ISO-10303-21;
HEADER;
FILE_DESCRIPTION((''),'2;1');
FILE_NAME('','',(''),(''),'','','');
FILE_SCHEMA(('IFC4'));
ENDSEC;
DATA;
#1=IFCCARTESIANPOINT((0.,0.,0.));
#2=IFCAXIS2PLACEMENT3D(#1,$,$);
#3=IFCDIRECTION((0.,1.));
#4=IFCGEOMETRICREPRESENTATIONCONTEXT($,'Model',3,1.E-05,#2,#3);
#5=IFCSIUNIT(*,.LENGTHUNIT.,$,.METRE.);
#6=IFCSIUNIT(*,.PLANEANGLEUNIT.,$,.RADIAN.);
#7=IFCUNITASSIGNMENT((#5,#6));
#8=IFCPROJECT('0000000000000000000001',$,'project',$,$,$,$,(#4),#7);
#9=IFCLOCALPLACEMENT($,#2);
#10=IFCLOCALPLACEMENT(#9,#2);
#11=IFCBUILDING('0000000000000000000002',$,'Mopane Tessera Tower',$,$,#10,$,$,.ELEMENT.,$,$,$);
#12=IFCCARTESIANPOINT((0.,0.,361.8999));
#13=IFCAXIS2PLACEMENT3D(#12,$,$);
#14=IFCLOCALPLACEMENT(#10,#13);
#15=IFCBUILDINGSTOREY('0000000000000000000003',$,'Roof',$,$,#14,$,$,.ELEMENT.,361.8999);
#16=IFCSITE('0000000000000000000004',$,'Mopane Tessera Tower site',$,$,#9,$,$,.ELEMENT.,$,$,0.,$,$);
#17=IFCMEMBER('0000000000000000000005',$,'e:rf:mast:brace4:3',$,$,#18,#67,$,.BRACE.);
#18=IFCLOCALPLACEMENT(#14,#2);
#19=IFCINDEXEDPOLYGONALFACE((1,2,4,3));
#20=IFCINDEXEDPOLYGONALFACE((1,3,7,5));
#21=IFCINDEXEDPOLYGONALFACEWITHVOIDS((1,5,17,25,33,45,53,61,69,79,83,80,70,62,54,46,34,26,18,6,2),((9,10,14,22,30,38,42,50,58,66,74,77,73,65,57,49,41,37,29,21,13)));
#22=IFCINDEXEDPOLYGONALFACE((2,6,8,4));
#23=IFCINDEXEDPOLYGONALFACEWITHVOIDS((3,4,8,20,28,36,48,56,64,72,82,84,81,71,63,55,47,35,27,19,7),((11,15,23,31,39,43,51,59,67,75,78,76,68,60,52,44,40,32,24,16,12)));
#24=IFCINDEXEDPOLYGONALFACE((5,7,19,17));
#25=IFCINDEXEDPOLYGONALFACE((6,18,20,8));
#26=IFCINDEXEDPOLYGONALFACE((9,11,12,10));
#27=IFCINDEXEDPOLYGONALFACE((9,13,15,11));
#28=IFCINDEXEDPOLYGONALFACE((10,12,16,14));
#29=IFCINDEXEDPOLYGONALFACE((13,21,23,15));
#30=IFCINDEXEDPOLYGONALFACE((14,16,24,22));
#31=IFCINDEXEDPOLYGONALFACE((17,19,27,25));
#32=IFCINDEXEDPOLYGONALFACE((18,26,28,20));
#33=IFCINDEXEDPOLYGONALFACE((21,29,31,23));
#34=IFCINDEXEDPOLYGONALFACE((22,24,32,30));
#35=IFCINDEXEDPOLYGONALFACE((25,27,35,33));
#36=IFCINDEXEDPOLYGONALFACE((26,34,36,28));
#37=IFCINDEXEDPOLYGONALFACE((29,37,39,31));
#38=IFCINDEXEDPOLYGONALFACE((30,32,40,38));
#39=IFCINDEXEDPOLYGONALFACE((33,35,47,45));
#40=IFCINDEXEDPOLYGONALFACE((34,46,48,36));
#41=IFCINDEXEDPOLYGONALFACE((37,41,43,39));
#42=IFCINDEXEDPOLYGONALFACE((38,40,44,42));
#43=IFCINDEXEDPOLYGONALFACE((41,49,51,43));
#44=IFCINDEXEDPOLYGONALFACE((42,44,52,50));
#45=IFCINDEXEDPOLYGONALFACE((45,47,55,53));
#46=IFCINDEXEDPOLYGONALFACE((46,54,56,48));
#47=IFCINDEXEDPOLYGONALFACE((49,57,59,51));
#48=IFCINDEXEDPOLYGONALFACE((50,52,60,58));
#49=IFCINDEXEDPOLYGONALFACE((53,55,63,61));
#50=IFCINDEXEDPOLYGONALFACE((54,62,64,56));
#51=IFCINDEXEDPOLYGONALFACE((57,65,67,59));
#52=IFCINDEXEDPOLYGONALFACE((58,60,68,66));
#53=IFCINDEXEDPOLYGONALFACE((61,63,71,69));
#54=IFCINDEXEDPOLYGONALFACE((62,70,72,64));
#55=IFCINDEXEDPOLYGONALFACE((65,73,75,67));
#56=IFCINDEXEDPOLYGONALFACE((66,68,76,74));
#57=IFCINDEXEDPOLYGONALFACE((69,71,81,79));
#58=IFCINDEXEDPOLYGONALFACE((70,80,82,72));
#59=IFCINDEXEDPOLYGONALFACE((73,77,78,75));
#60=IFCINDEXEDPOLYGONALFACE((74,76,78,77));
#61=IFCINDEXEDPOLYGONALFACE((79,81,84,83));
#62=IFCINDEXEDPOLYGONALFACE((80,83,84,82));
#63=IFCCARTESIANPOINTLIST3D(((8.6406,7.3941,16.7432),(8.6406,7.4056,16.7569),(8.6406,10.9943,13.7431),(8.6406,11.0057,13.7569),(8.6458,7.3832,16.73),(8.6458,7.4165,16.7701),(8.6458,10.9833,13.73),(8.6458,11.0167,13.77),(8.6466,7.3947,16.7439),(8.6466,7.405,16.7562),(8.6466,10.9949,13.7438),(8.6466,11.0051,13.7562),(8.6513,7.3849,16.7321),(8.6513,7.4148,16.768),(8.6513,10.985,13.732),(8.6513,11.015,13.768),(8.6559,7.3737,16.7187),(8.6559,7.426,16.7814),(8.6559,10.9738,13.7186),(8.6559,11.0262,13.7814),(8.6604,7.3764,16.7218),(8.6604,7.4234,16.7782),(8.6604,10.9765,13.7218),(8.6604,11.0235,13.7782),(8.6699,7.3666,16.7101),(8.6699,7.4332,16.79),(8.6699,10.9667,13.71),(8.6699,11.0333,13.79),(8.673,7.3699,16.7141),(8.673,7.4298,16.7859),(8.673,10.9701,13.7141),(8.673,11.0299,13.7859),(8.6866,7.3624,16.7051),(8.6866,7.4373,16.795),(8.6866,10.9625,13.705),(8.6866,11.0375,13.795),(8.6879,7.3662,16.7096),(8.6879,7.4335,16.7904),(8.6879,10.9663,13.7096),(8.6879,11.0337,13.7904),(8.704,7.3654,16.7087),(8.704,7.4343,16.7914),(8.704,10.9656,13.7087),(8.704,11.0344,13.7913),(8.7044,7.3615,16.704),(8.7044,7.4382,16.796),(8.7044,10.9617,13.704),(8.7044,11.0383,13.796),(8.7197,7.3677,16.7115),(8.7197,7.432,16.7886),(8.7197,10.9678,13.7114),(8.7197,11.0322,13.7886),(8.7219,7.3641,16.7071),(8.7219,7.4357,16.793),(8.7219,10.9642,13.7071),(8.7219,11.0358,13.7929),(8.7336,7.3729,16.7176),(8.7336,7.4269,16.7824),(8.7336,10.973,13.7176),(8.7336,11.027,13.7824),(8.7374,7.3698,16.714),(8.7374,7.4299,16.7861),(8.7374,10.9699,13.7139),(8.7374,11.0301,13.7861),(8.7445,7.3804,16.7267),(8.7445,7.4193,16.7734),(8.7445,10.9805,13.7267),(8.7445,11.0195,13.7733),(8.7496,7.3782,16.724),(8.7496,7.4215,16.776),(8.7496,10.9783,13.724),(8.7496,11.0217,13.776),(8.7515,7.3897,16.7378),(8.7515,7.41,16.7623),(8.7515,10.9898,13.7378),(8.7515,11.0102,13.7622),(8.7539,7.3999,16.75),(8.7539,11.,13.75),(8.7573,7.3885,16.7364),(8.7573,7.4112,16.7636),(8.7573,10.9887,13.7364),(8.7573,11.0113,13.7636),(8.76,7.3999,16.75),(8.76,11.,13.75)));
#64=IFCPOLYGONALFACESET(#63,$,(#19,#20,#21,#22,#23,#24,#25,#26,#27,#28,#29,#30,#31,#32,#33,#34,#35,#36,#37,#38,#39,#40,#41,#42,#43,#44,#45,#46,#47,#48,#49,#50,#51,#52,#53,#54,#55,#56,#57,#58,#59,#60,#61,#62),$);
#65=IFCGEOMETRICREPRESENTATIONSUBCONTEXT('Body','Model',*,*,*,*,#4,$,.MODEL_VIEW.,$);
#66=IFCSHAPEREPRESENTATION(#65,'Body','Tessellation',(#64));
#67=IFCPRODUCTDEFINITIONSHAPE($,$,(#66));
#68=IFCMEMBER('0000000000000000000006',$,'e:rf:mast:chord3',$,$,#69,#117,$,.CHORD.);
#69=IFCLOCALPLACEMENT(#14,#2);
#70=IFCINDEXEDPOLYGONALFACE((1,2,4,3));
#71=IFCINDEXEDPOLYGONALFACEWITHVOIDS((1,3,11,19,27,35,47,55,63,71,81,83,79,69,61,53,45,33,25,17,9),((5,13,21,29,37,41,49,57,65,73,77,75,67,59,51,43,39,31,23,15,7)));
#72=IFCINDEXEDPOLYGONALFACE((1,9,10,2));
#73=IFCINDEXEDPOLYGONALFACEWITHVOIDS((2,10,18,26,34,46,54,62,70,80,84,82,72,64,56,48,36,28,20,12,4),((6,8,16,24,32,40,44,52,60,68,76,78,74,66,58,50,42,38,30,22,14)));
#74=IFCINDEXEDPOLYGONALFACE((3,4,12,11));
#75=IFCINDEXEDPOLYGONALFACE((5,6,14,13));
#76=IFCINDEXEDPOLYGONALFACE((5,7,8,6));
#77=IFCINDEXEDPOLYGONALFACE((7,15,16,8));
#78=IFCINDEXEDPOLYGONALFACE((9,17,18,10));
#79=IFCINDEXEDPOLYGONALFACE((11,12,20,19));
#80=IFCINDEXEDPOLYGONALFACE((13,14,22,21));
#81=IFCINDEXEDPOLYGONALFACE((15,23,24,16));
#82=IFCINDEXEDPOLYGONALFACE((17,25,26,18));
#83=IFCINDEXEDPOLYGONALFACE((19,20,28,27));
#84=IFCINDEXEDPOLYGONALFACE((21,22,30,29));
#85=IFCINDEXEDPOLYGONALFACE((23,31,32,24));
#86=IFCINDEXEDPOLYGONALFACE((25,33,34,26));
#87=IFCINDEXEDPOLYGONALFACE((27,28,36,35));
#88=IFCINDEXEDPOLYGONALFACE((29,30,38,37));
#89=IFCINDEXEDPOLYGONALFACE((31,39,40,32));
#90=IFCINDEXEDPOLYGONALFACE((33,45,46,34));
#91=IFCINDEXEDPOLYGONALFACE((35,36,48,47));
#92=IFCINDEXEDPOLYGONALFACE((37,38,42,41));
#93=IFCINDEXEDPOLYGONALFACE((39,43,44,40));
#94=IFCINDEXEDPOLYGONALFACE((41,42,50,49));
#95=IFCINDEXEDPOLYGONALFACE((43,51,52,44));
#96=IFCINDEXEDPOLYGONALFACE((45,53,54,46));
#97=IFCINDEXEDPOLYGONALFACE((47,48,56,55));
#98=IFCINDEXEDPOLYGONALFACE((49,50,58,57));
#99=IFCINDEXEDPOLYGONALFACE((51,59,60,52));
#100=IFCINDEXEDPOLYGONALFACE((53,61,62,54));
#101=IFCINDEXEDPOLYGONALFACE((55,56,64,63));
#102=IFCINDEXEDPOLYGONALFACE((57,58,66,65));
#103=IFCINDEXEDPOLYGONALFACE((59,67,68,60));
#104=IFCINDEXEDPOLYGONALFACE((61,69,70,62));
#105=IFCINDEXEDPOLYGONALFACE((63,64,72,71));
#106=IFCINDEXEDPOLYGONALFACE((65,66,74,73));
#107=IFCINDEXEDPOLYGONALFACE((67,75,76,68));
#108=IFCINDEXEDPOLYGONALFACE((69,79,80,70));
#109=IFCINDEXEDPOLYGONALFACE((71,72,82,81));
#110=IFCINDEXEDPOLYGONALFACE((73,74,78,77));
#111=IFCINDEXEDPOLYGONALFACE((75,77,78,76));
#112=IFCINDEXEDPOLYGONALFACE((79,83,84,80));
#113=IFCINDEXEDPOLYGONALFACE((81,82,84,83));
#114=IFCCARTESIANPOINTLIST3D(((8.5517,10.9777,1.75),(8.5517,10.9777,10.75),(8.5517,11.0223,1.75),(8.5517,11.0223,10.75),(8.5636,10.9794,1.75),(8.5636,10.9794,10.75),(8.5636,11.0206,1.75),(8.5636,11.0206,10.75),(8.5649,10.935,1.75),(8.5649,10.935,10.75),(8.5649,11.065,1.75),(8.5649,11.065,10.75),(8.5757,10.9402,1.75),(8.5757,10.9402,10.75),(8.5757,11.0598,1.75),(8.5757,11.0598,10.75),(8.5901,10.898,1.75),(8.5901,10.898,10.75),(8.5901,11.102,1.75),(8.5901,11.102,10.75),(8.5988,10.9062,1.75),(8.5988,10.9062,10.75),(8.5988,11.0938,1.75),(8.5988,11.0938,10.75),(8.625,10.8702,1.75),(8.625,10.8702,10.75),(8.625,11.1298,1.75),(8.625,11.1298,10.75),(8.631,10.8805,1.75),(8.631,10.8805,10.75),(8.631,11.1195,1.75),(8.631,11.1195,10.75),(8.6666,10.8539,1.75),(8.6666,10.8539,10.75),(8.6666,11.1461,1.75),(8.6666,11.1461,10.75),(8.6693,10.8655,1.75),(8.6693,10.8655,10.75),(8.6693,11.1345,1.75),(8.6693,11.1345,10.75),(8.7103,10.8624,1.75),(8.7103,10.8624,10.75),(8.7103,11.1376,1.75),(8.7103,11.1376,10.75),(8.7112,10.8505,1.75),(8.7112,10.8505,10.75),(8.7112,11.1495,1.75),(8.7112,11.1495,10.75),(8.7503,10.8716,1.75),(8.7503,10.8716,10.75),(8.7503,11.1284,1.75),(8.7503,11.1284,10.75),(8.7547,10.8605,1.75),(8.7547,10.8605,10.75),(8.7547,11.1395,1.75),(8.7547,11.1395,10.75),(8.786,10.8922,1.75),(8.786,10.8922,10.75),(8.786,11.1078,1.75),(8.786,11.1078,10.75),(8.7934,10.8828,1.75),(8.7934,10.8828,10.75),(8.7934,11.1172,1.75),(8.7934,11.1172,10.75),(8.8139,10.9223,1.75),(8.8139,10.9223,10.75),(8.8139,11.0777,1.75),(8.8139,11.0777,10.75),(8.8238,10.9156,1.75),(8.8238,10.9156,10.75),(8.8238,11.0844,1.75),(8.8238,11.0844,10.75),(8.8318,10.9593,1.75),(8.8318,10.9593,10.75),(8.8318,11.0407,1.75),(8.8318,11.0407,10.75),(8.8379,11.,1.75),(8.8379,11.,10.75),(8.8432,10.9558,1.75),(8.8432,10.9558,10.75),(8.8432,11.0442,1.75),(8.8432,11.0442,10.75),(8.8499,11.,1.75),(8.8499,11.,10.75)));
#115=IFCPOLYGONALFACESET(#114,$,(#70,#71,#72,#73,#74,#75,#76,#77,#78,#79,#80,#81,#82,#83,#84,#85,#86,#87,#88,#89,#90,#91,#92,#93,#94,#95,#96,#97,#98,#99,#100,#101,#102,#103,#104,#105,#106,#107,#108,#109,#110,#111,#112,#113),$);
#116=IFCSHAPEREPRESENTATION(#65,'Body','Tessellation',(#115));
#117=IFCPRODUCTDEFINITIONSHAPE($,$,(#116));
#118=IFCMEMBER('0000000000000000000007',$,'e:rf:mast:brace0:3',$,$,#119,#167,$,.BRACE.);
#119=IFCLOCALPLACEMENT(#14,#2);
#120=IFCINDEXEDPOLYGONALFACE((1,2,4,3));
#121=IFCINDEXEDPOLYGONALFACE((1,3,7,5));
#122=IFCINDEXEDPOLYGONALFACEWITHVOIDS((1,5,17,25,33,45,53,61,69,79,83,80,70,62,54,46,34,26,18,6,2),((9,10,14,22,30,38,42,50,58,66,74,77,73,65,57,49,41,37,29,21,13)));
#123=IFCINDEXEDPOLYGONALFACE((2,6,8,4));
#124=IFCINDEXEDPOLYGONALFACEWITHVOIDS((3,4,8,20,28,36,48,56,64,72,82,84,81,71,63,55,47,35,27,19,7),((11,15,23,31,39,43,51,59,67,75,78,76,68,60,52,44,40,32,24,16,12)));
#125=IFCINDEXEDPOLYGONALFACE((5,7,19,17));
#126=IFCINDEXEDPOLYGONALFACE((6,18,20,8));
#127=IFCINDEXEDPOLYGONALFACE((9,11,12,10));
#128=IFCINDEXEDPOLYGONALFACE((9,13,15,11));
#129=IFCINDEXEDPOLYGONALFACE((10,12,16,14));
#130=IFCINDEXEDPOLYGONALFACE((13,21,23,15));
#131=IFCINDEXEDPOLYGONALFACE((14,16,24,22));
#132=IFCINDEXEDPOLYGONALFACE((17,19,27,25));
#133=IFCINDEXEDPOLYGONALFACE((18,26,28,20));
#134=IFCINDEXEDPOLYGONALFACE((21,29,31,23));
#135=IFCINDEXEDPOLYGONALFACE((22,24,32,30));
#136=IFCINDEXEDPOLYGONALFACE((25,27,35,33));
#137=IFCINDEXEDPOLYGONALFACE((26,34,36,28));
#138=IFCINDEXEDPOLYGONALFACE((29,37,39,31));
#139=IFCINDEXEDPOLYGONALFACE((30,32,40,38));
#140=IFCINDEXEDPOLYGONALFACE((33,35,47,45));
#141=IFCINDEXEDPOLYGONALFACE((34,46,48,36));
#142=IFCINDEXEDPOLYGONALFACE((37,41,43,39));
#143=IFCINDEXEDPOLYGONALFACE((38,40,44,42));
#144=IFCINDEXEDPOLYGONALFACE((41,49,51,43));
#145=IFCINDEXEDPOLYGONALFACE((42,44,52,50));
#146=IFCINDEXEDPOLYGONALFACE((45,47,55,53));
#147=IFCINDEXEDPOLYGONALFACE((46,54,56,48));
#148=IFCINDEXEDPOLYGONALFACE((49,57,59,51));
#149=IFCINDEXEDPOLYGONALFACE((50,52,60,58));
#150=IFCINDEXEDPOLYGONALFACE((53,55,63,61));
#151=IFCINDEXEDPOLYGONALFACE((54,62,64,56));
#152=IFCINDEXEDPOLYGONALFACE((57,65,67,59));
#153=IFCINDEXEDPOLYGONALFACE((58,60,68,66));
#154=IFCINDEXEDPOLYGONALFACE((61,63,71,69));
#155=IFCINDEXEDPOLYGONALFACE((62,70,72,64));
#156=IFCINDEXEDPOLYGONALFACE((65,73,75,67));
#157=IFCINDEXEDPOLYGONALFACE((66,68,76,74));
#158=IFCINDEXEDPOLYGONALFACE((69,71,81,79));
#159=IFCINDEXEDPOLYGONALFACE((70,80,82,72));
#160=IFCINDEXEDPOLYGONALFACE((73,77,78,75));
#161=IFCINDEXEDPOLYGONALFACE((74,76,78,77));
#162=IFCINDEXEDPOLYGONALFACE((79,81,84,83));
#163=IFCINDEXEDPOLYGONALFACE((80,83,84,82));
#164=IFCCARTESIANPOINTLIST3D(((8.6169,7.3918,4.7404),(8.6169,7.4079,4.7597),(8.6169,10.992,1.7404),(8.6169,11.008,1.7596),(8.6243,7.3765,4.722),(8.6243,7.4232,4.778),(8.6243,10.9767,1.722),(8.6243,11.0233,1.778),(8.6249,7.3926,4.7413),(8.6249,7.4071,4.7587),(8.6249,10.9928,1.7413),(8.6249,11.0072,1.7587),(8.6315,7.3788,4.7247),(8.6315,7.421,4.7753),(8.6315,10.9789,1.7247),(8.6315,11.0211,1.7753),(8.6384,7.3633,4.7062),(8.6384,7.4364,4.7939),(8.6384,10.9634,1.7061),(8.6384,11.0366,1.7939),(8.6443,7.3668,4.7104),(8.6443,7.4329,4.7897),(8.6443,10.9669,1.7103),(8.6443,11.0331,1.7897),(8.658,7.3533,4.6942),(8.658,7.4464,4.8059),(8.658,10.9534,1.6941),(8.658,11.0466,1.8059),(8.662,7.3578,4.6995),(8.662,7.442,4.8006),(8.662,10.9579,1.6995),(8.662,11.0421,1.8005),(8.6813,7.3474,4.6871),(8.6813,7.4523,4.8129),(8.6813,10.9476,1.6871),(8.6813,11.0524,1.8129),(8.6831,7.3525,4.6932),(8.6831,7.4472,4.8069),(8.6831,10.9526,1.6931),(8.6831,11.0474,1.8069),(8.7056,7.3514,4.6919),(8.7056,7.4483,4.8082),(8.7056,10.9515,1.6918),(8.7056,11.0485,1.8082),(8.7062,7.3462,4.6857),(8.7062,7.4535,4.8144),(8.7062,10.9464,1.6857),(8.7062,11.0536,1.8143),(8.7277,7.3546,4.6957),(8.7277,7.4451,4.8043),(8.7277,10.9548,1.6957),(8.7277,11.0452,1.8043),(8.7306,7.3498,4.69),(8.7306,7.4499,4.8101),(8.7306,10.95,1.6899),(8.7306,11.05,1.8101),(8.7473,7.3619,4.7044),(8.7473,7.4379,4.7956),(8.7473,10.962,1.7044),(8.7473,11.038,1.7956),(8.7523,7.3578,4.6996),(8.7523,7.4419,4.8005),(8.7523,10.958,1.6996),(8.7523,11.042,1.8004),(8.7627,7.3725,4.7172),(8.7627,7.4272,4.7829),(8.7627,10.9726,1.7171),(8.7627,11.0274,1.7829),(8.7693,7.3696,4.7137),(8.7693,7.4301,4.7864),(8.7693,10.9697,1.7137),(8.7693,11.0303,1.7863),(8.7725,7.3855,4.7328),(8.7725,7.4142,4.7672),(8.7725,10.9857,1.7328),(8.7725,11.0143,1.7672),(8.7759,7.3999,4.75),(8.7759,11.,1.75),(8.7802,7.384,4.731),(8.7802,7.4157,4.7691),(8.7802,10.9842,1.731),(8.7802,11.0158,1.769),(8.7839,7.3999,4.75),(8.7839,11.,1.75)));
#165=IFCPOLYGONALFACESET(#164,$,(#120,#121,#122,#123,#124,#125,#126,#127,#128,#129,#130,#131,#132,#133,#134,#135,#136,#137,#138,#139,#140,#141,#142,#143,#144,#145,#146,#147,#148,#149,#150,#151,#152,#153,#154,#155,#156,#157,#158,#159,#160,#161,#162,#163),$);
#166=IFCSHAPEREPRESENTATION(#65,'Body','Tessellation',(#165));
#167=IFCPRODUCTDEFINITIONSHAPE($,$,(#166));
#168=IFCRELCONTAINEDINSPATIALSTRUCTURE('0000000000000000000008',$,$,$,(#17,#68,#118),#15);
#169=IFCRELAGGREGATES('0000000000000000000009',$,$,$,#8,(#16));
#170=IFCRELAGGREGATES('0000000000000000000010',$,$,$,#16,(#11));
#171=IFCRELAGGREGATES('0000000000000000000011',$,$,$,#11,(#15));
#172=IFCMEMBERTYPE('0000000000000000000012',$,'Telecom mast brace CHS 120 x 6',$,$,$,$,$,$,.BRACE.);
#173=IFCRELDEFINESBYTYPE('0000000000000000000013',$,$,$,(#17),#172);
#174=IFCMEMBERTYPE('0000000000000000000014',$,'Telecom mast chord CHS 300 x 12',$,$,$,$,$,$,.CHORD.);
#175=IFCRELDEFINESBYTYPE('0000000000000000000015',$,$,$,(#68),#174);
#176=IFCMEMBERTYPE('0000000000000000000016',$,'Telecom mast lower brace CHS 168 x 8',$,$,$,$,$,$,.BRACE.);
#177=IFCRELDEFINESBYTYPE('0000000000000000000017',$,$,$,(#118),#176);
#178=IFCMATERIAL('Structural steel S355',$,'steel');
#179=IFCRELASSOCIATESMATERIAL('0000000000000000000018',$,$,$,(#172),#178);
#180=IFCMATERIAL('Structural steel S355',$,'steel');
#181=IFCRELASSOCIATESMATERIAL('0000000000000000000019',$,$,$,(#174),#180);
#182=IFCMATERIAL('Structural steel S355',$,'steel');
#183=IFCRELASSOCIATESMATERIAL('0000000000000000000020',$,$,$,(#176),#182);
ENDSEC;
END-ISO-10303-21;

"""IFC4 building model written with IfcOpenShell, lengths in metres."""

from ifc_helpers import new_model, si_unit, direction, frame, origin, origin_2d, place, context, subcontext, project, spatial, hollow_circle, extrude, material, material_profile, profile_set, type_object, element, save


model = new_model("IFC4")

# Units and contexts
model_context = context("Model", 3, precision=1e-05, world=origin(), true_north=direction((0.0, 1.0)))
body_context = subcontext(model_context, "Body", "Model", "MODEL_VIEW")
ifc_project = project(units=[si_unit("LENGTHUNIT", "METRE"), si_unit("PLANEANGLEUNIT", "RADIAN")], contexts=[model_context])

# Site, building, storey
site_placement = place(None, origin())
site = spatial("IfcSite", under=ifc_project, at=site_placement, Name="Mopane Tessera Tower site", CompositionType="ELEMENT", RefElevation=0.0)
building_placement = place(site_placement, origin())
building = spatial("IfcBuilding", under=site, at=building_placement, Name="Mopane Tessera Tower", CompositionType="ELEMENT")
storey_placement = place(building_placement, frame((0.0, 0.0, 361.8999)))
storey = spatial("IfcBuildingStorey", under=building, at=storey_placement, Name="Roof", CompositionType="ELEMENT", Elevation=361.8999)

# Members
ifc_material_1 = material(Name="Structural steel S355", Category="steel")
ifc_material_profile_1 = material_profile(ifc_material_1, hollow_circle(Radius=0.0601, WallThickness=0.0061, at=origin_2d()))
ifc_profile_set_1 = profile_set([ifc_material_profile_1], Name="Structural steel S355")
member_type_1 = type_object("IfcMemberType", Name="Telecom mast brace CHS 120 x 6", PredefinedType="BRACE", material=ifc_profile_set_1)
for number, where, z_axis, x_axis, name in (
    (1, (8.7, 11.0, 13.75), (0.0, -0.76823, 0.640174), (1.0, 0.0, 0.0), "e:rf:mast:brace4:3"),
):
    element("IfcMember", number, at=place(storey_placement, frame(where, z_axis=z_axis, x_axis=x_axis)), inside=storey, type_object=member_type_1, Name=name, PredefinedType="BRACE", context=body_context, shape_type="SweptSolid", body=[
        extrude(hollow_circle(Radius=0.0601, WallThickness=0.0061, at=origin_2d()), origin(), (0.0, 0.0, 1.0), 4.6863),
    ])
ifc_material_2 = material(Name="Structural steel S355", Category="steel")
ifc_material_profile_2 = material_profile(ifc_material_2, hollow_circle(Radius=0.1499, WallThickness=0.012, at=origin_2d()))
ifc_profile_set_2 = profile_set([ifc_material_profile_2], Name="Structural steel S355")
member_type_2 = type_object("IfcMemberType", Name="Telecom mast chord CHS 300 x 12", PredefinedType="CHORD", material=ifc_profile_set_2)
member_1_placement = place(storey_placement, frame((8.7, 11.0, 1.75), z_axis=(0.0, 0.0, 1.0), x_axis=(1.0, 0.0, 0.0)))
element("IfcMember", 2, at=member_1_placement, inside=storey, type_object=member_type_2, Name="e:rf:mast:chord3", PredefinedType="CHORD", context=body_context, shape_type="SweptSolid", body=[
    extrude(hollow_circle(Radius=0.1499, WallThickness=0.012, at=origin_2d()), origin(), (0.0, 0.0, 1.0), 9.0),
])
ifc_material_3 = material(Name="Structural steel S355", Category="steel")
ifc_material_profile_3 = material_profile(ifc_material_3, hollow_circle(Radius=0.084, WallThickness=0.0081, at=origin_2d()))
ifc_profile_set_3 = profile_set([ifc_material_profile_3], Name="Structural steel S355")
member_type_3 = type_object("IfcMemberType", Name="Telecom mast lower brace CHS 168 x 8", PredefinedType="BRACE", material=ifc_profile_set_3)
for number, where, z_axis, x_axis, name in (
    (3, (8.7, 11.0, 1.75), (0.0, -0.76823, 0.640174), (1.0, 0.0, 0.0), "e:rf:mast:brace0:3"),
):
    element("IfcMember", number, at=place(storey_placement, frame(where, z_axis=z_axis, x_axis=x_axis)), inside=storey, type_object=member_type_3, Name=name, PredefinedType="BRACE", context=body_context, shape_type="SweptSolid", body=[
        extrude(hollow_circle(Radius=0.084, WallThickness=0.0081, at=origin_2d()), origin(), (0.0, 0.0, 1.0), 4.6863),
    ])

save(model, "model.ifc")
